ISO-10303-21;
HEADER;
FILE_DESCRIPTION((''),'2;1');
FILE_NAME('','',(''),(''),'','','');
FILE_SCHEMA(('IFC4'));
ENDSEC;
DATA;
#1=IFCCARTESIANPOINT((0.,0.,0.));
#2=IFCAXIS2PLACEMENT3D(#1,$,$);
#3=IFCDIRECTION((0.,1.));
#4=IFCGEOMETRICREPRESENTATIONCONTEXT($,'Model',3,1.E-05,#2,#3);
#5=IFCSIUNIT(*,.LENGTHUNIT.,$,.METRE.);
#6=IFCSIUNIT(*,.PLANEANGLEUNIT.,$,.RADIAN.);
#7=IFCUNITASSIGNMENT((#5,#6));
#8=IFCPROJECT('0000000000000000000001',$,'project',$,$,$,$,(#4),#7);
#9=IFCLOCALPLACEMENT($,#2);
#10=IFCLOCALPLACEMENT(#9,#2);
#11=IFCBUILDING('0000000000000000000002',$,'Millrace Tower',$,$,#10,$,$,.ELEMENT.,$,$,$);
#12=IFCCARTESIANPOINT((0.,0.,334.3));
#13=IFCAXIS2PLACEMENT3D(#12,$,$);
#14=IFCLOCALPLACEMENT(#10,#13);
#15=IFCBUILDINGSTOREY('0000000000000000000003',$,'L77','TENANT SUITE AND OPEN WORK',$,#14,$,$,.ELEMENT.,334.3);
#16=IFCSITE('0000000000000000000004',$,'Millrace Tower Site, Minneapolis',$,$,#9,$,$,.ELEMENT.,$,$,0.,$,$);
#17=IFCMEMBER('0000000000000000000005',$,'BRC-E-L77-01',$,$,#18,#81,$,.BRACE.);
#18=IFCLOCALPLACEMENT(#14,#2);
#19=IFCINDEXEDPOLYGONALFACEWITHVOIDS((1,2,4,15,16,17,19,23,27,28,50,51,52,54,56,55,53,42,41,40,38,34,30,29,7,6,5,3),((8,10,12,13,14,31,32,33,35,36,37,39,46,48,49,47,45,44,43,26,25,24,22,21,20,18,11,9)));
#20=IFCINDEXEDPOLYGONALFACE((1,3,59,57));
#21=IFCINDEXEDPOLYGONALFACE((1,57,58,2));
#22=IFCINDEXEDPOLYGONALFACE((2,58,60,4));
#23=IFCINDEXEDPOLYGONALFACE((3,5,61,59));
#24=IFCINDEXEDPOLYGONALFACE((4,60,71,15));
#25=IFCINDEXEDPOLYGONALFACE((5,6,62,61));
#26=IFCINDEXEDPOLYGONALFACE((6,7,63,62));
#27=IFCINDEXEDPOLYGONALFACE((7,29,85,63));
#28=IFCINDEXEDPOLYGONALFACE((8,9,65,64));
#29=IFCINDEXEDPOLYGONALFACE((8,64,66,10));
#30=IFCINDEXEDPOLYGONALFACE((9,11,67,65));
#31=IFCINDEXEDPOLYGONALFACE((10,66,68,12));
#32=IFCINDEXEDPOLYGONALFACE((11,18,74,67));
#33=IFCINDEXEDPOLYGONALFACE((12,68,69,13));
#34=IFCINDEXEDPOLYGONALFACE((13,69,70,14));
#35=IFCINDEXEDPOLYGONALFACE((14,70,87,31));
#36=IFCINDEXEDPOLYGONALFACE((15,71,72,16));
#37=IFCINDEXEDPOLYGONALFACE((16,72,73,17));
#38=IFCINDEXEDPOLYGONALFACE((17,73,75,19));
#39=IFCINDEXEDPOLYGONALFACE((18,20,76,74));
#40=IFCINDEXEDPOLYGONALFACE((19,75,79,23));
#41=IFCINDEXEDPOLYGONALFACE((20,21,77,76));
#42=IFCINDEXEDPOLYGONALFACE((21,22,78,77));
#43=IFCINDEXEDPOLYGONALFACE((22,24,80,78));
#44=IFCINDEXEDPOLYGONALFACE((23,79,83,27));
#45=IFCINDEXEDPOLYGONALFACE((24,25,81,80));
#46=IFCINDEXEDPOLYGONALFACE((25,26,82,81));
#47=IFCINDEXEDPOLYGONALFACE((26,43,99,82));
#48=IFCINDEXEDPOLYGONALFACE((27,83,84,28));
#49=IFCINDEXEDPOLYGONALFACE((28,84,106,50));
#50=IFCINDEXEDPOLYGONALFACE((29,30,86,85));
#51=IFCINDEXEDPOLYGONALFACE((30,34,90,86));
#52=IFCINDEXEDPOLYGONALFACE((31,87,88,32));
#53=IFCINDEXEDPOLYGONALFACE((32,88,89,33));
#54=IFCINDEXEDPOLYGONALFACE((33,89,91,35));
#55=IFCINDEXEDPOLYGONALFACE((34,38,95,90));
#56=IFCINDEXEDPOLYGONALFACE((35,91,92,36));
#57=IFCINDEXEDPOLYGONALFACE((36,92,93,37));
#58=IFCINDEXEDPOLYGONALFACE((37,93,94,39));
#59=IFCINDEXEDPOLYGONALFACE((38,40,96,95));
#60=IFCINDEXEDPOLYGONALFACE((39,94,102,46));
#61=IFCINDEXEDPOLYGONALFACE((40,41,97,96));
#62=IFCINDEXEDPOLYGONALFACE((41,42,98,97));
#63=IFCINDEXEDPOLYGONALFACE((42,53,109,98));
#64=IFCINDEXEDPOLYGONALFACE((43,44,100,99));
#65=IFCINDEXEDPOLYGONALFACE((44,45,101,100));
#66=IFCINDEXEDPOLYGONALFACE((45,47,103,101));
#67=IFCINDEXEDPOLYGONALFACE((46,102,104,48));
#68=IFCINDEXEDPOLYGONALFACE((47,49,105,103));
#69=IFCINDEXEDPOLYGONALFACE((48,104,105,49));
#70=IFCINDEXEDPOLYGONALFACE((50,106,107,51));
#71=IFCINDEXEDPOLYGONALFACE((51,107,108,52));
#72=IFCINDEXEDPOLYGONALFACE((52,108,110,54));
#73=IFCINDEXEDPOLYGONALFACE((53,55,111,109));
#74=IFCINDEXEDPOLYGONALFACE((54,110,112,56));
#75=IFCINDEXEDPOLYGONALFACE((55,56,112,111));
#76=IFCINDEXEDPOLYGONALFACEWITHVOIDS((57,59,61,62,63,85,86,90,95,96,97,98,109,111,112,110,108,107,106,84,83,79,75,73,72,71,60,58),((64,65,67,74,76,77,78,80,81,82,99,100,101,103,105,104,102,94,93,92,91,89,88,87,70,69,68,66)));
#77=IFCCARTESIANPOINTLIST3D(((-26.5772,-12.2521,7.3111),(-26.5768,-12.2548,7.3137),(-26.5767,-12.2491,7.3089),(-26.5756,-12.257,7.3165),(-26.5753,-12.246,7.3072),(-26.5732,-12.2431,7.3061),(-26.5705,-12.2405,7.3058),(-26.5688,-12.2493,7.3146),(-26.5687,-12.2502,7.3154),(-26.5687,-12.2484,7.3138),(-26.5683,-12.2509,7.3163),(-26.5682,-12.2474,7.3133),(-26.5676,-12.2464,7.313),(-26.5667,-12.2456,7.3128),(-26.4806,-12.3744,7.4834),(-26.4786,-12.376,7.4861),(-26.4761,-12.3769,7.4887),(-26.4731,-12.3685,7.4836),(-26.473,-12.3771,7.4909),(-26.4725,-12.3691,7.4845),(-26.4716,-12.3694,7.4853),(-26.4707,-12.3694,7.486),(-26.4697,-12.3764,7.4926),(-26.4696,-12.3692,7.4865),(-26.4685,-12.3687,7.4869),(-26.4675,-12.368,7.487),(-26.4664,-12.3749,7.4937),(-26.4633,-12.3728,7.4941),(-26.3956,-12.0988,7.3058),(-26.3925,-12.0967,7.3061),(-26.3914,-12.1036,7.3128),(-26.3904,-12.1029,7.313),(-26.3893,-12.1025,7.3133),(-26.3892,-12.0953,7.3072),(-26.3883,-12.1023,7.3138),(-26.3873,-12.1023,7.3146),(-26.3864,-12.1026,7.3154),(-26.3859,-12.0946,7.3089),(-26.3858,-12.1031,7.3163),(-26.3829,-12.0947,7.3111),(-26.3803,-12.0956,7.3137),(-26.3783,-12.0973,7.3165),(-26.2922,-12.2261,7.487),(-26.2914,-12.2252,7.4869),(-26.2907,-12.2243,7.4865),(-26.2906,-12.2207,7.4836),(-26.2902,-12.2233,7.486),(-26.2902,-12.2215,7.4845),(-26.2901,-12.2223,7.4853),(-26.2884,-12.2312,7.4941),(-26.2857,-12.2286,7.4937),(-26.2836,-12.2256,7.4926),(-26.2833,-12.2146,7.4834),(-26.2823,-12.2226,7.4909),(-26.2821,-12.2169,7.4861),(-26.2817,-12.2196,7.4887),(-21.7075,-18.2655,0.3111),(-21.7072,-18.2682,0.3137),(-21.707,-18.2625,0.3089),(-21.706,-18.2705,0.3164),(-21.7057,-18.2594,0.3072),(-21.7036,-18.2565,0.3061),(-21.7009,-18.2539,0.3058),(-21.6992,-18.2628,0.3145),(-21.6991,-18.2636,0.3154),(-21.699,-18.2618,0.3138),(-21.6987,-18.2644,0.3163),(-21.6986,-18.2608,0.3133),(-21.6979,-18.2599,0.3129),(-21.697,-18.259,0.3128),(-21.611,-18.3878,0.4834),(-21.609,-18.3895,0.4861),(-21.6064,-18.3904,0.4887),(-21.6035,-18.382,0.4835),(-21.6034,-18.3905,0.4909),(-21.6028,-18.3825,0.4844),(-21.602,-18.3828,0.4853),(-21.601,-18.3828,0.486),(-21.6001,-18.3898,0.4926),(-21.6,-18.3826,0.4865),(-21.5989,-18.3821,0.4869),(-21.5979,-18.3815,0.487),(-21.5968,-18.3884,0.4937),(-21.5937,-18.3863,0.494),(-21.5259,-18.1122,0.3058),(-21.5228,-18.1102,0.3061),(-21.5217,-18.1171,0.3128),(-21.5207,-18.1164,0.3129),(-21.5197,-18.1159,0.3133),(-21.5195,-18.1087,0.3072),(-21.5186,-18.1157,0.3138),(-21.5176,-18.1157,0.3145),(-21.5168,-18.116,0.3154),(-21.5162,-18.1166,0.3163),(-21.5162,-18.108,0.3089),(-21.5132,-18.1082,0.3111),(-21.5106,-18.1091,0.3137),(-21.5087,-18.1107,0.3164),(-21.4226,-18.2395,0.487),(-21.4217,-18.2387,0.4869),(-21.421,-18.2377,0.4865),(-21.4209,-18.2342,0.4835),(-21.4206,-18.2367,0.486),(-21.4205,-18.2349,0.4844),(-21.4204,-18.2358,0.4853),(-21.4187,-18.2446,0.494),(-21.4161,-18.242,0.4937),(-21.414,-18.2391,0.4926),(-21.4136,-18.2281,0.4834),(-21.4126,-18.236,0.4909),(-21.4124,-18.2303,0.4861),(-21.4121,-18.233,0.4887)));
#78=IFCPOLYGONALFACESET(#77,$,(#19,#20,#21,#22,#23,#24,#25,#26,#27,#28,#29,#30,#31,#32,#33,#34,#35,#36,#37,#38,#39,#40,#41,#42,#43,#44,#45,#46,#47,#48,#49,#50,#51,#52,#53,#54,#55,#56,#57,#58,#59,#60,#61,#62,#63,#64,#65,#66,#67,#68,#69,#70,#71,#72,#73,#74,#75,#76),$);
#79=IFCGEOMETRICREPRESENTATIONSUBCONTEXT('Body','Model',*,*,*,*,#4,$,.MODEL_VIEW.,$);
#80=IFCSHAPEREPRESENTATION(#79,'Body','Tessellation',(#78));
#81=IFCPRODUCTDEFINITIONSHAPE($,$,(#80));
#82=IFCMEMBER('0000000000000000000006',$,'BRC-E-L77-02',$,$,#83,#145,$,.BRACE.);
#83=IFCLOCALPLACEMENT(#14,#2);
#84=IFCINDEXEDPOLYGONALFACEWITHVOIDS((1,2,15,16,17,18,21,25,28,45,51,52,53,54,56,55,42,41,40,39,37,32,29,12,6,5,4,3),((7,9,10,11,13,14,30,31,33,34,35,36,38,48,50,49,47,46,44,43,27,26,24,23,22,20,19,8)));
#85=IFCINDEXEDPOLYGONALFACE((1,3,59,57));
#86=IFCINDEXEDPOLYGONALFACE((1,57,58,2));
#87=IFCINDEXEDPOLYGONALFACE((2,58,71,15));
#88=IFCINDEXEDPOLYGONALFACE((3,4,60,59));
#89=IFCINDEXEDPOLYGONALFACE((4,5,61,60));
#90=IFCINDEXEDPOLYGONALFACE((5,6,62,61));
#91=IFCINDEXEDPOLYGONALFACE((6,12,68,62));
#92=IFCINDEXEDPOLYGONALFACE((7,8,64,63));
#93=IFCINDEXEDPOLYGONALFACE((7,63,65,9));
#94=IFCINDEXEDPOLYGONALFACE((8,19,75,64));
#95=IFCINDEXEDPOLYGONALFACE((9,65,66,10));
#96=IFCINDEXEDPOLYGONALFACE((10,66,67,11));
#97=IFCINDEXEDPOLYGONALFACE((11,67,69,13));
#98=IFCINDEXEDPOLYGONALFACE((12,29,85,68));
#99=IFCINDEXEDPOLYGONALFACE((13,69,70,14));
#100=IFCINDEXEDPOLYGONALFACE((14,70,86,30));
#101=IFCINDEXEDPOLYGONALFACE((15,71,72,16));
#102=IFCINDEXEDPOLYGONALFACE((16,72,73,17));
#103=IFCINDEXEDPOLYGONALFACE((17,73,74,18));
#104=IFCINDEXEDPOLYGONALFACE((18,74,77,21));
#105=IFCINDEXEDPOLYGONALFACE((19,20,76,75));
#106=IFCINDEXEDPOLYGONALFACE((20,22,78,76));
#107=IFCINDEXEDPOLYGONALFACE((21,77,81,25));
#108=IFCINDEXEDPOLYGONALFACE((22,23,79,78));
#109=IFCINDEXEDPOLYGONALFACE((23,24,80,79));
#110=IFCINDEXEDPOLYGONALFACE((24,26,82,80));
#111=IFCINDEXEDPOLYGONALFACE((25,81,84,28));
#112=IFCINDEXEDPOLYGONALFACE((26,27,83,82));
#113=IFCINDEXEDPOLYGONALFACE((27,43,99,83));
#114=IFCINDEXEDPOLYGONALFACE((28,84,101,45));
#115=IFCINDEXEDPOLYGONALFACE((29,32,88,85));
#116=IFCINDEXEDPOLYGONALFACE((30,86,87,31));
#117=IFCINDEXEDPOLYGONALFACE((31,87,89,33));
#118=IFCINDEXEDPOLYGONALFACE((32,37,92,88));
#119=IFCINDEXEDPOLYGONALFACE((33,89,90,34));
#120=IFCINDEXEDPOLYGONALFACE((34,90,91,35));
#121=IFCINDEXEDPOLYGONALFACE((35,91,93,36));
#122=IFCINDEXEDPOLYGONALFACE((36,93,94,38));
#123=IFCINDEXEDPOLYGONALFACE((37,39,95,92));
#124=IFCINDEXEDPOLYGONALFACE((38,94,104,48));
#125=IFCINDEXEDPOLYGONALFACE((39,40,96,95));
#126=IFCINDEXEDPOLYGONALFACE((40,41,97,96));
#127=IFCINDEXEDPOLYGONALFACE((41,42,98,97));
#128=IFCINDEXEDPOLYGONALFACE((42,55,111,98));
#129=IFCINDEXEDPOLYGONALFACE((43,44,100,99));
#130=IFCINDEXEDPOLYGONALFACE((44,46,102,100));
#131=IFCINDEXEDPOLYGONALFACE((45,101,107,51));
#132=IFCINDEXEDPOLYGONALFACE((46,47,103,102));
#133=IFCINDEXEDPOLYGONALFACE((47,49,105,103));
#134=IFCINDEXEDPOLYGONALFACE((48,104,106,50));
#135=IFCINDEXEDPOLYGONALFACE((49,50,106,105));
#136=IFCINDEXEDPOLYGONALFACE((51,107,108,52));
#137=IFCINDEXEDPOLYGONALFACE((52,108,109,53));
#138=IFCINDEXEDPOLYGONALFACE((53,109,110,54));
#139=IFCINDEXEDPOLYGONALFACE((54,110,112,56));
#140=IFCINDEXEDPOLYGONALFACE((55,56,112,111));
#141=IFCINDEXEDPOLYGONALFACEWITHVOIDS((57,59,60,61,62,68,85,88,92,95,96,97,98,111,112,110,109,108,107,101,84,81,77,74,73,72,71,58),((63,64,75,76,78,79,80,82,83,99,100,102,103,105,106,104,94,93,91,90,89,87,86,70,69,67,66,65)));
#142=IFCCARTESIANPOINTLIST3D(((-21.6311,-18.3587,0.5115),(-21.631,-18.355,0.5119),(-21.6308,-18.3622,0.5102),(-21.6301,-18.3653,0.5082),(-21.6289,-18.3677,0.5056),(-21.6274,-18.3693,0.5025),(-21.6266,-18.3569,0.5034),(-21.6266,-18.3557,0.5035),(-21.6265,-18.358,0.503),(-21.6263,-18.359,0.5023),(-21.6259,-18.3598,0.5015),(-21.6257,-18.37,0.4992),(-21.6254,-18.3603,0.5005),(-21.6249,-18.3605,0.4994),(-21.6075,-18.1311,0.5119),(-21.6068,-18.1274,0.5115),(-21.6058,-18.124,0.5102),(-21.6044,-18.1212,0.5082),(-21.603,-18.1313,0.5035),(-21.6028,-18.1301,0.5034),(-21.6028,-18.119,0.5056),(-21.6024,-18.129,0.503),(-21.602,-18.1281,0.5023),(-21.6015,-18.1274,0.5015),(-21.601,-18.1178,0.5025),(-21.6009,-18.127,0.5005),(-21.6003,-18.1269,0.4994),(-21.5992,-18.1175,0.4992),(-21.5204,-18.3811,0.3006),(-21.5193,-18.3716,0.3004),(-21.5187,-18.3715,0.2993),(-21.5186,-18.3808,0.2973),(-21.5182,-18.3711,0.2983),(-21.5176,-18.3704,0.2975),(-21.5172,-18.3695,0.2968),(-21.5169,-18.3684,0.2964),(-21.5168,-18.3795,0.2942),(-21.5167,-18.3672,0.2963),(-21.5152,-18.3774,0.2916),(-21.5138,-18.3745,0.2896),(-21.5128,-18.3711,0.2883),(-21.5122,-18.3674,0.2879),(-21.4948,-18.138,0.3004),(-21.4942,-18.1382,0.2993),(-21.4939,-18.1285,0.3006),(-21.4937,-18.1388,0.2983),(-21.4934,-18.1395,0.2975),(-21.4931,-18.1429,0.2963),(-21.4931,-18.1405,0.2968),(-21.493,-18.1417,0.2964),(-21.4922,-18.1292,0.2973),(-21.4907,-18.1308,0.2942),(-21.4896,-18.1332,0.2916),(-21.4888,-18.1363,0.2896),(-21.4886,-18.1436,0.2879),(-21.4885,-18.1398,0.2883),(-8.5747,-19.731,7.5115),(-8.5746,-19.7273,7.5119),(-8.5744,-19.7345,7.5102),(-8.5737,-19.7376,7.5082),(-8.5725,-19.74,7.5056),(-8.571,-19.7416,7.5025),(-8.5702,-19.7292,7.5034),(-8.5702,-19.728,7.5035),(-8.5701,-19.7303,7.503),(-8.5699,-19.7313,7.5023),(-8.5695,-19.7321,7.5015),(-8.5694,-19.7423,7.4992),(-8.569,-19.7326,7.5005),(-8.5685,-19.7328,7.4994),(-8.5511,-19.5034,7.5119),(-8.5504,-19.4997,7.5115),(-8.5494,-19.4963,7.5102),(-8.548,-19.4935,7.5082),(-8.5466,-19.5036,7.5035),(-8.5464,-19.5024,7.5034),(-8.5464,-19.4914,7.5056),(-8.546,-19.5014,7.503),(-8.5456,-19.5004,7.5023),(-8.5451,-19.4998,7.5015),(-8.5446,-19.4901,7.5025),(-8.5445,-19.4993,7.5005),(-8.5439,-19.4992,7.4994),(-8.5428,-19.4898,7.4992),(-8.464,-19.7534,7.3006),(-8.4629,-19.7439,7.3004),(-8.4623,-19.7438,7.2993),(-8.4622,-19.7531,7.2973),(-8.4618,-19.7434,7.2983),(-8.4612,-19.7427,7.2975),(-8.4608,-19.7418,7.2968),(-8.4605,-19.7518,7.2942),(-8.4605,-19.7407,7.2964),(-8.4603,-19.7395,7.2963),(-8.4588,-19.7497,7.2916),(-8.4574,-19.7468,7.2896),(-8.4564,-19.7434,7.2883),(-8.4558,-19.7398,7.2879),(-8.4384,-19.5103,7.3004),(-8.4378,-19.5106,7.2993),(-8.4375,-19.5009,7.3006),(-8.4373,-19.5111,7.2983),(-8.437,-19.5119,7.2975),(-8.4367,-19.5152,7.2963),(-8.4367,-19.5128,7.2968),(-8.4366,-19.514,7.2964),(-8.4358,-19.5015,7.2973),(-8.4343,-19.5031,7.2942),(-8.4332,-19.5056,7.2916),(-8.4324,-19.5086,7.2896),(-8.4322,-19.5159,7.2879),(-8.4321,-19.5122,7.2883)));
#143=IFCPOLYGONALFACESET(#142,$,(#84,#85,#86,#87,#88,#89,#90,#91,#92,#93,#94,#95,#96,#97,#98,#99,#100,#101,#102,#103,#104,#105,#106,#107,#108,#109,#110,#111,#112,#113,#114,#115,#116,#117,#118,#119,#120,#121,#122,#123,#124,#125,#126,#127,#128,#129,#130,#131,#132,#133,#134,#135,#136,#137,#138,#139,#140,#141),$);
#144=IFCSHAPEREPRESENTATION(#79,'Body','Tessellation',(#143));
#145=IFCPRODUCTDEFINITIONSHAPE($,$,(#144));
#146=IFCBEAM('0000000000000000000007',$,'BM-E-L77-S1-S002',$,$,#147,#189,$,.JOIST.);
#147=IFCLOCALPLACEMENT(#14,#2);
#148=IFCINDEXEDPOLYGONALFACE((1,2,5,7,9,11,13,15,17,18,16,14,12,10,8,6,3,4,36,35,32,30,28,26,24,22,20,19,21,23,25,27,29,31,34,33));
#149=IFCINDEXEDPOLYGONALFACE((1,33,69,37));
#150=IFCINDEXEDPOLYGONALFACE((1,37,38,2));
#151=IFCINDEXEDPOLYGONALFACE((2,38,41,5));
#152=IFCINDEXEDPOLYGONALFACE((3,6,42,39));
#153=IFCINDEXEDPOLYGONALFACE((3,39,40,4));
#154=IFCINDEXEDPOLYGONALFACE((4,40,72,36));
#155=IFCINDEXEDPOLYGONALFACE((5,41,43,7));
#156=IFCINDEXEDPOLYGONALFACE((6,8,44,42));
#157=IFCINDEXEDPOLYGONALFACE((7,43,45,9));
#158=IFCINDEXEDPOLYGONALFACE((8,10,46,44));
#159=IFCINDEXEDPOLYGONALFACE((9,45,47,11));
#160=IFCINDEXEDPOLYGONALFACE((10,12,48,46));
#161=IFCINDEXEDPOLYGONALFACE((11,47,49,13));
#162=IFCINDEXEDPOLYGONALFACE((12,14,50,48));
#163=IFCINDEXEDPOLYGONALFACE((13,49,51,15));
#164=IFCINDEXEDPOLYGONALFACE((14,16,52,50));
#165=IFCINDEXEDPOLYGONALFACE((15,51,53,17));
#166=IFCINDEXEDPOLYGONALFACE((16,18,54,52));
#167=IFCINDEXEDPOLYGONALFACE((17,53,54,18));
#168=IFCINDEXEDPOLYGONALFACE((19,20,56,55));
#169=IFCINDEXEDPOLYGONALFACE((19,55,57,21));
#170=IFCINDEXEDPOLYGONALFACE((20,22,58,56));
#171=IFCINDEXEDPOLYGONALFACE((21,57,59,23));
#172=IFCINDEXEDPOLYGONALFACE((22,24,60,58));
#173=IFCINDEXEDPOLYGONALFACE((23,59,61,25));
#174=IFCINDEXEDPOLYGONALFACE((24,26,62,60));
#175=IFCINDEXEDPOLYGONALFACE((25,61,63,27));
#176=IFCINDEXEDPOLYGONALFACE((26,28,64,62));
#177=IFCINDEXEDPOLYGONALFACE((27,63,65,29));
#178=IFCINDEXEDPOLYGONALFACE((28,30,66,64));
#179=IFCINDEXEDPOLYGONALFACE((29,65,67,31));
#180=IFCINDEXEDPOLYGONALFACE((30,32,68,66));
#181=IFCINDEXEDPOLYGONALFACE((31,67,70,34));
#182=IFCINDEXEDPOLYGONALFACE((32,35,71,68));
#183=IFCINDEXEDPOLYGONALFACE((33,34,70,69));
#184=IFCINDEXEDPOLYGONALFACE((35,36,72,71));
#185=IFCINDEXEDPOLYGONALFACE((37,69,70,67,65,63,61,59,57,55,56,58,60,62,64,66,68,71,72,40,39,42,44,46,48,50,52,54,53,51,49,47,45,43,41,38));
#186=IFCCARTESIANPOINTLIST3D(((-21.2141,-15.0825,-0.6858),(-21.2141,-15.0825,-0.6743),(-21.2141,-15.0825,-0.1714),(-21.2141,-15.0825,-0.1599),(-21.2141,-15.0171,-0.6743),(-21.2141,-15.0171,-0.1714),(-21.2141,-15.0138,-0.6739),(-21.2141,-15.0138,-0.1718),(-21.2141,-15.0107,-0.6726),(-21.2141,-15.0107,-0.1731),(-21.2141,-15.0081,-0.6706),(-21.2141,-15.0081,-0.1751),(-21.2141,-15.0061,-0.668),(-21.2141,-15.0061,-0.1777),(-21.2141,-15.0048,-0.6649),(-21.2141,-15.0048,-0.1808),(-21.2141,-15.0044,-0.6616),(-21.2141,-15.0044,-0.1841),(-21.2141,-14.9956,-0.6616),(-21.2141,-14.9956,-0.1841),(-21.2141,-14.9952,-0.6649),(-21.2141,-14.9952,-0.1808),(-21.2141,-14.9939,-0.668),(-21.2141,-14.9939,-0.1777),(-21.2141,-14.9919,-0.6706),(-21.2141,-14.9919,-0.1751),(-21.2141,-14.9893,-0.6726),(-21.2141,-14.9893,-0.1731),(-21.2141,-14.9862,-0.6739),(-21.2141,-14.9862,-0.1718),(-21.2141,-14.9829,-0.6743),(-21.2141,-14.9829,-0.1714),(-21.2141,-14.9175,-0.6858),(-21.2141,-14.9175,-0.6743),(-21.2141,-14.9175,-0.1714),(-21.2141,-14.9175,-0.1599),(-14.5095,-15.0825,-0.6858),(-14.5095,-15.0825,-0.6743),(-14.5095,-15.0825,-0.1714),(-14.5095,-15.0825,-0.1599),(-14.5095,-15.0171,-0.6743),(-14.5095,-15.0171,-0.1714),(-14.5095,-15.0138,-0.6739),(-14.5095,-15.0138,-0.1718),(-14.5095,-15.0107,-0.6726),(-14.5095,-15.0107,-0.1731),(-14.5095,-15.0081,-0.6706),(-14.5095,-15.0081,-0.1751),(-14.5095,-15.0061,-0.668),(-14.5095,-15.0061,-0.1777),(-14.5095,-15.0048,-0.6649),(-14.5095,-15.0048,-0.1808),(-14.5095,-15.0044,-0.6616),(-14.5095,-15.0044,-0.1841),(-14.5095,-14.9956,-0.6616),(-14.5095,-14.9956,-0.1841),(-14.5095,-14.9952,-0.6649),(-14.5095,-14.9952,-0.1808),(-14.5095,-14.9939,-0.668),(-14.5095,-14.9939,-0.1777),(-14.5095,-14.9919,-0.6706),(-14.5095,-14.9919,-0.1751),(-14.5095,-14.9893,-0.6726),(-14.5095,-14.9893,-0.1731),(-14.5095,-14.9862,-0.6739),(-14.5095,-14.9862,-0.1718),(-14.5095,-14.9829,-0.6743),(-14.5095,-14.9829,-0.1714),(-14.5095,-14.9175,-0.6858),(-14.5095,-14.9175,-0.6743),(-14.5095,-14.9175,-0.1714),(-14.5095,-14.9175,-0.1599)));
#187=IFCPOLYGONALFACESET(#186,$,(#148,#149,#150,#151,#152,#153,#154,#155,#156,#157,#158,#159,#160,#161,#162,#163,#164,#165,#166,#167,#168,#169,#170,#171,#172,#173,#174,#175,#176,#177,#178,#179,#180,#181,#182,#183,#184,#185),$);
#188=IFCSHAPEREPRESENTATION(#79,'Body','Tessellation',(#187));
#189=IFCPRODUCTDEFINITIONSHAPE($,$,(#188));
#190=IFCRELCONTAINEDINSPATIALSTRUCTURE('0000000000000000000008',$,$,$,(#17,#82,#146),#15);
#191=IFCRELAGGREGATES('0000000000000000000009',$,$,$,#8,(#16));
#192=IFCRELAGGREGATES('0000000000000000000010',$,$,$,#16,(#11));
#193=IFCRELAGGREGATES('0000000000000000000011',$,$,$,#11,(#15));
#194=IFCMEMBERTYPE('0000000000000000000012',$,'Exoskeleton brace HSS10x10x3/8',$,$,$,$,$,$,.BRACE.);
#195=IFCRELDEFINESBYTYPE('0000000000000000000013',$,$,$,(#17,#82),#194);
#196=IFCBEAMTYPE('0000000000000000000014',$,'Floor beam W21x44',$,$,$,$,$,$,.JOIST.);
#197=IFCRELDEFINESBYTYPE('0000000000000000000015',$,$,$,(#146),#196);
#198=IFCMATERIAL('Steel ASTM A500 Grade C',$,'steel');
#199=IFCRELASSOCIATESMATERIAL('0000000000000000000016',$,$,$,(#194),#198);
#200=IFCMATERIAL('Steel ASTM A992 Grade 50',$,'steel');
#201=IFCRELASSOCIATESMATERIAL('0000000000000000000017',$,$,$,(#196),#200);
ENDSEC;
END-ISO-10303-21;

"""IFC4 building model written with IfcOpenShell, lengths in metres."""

from ifc_helpers import new_model, si_unit, direction, frame, origin, origin_2d, place, context, subcontext, project, spatial, hollow_rectangle, i_section, extrude, material, material_profile, profile_set, type_object, element, save


model = new_model("IFC4")

# Units and contexts
model_context = context("Model", 3, precision=1e-05, world=origin(), true_north=direction((0.0, 1.0)))
body_context = subcontext(model_context, "Body", "Model", "MODEL_VIEW")
ifc_project = project(units=[si_unit("LENGTHUNIT", "METRE"), si_unit("PLANEANGLEUNIT", "RADIAN")], contexts=[model_context])

# Site, building, storey
site_placement = place(None, origin())
site = spatial("IfcSite", under=ifc_project, at=site_placement, Name="Millrace Tower Site, Minneapolis", CompositionType="ELEMENT", RefElevation=0.0)
building_placement = place(site_placement, origin())
building = spatial("IfcBuilding", under=site, at=building_placement, Name="Millrace Tower", CompositionType="ELEMENT")
storey_placement = place(building_placement, frame((0.0, 0.0, 334.3)))
storey = spatial("IfcBuildingStorey", under=building, at=storey_placement, Name="L77", Description="TENANT SUITE AND OPEN WORK", CompositionType="ELEMENT", Elevation=334.3)

# Members
ifc_material_1 = material(Name="Steel ASTM A500 Grade C", Category="steel")
ifc_material_profile_1 = material_profile(ifc_material_1, hollow_rectangle(XDim=0.2539, YDim=0.2539, WallThickness=0.0095, InnerFilletRadius=0.0046, OuterFilletRadius=0.0144, at=origin_2d()))
ifc_profile_set_1 = profile_set([ifc_material_profile_1], Name="Steel ASTM A500 Grade C")
member_type_1 = type_object("IfcMemberType", Name="Exoskeleton brace HSS10x10x3/8", PredefinedType="BRACE", material=ifc_profile_set_1)
member_1_placement = place(storey_placement, frame((-21.5598, -18.2493, 0.3999), z_axis=(-0.466694, 0.576314, 0.670864), x_axis=(-0.777143, -0.629324, 0.0)))
element("IfcMember", 1, at=member_1_placement, inside=storey, type_object=member_type_1, Name="BRC-E-L77-01", PredefinedType="BRACE", context=body_context, shape_type="SweptSolid", body=[
    extrude(hollow_rectangle(XDim=0.2539, YDim=0.2539, WallThickness=0.0095, InnerFilletRadius=0.0046, OuterFilletRadius=0.0144, at=origin_2d()), origin(), (0.0, 0.0, 1.0), 10.4343),
])
member_2_placement = place(storey_placement, frame((-21.5598, -18.2493, 0.3999), z_axis=(0.877568, -0.092238, 0.470496), x_axis=(0.104531, 0.994522, 0.0)))
element("IfcMember", 2, at=member_2_placement, inside=storey, type_object=member_type_1, Name="BRC-E-L77-02", PredefinedType="BRACE", context=body_context, shape_type="SweptSolid", body=[
    extrude(hollow_rectangle(XDim=0.2539, YDim=0.2539, WallThickness=0.0095, InnerFilletRadius=0.0046, OuterFilletRadius=0.0144, at=origin_2d()), origin(), (0.0, 0.0, 1.0), 14.8779),
])

# Beam
ifc_material_2 = material(Name="Steel ASTM A992 Grade 50", Category="steel")
ifc_material_profile_2 = material_profile(ifc_material_2, i_section(OverallWidth=0.165, OverallDepth=0.5259, WebThickness=0.0088, FlangeThickness=0.0115, FilletRadius=0.0127, at=origin_2d()))
ifc_profile_set_2 = profile_set([ifc_material_profile_2], Name="Steel ASTM A992 Grade 50")
beam_type_1 = type_object("IfcBeamType", Name="Floor beam W21x44", PredefinedType="JOIST", material=ifc_profile_set_2)
beam_1_placement = place(storey_placement, frame((-21.2141, -15.0, -0.4229), z_axis=(1.0, 0.0, 0.0), x_axis=(0.0, 1.0, 0.0)))
element("IfcBeam", 3, at=beam_1_placement, inside=storey, type_object=beam_type_1, Name="BM-E-L77-S1-S002", PredefinedType="JOIST", context=body_context, shape_type="SweptSolid", body=[
    extrude(i_section(OverallWidth=0.165, OverallDepth=0.5259, WebThickness=0.0088, FlangeThickness=0.0115, FilletRadius=0.0127, at=origin_2d()), origin(), (0.0, 0.0, 1.0), 6.7046),
])

save(model, "model.ifc")
